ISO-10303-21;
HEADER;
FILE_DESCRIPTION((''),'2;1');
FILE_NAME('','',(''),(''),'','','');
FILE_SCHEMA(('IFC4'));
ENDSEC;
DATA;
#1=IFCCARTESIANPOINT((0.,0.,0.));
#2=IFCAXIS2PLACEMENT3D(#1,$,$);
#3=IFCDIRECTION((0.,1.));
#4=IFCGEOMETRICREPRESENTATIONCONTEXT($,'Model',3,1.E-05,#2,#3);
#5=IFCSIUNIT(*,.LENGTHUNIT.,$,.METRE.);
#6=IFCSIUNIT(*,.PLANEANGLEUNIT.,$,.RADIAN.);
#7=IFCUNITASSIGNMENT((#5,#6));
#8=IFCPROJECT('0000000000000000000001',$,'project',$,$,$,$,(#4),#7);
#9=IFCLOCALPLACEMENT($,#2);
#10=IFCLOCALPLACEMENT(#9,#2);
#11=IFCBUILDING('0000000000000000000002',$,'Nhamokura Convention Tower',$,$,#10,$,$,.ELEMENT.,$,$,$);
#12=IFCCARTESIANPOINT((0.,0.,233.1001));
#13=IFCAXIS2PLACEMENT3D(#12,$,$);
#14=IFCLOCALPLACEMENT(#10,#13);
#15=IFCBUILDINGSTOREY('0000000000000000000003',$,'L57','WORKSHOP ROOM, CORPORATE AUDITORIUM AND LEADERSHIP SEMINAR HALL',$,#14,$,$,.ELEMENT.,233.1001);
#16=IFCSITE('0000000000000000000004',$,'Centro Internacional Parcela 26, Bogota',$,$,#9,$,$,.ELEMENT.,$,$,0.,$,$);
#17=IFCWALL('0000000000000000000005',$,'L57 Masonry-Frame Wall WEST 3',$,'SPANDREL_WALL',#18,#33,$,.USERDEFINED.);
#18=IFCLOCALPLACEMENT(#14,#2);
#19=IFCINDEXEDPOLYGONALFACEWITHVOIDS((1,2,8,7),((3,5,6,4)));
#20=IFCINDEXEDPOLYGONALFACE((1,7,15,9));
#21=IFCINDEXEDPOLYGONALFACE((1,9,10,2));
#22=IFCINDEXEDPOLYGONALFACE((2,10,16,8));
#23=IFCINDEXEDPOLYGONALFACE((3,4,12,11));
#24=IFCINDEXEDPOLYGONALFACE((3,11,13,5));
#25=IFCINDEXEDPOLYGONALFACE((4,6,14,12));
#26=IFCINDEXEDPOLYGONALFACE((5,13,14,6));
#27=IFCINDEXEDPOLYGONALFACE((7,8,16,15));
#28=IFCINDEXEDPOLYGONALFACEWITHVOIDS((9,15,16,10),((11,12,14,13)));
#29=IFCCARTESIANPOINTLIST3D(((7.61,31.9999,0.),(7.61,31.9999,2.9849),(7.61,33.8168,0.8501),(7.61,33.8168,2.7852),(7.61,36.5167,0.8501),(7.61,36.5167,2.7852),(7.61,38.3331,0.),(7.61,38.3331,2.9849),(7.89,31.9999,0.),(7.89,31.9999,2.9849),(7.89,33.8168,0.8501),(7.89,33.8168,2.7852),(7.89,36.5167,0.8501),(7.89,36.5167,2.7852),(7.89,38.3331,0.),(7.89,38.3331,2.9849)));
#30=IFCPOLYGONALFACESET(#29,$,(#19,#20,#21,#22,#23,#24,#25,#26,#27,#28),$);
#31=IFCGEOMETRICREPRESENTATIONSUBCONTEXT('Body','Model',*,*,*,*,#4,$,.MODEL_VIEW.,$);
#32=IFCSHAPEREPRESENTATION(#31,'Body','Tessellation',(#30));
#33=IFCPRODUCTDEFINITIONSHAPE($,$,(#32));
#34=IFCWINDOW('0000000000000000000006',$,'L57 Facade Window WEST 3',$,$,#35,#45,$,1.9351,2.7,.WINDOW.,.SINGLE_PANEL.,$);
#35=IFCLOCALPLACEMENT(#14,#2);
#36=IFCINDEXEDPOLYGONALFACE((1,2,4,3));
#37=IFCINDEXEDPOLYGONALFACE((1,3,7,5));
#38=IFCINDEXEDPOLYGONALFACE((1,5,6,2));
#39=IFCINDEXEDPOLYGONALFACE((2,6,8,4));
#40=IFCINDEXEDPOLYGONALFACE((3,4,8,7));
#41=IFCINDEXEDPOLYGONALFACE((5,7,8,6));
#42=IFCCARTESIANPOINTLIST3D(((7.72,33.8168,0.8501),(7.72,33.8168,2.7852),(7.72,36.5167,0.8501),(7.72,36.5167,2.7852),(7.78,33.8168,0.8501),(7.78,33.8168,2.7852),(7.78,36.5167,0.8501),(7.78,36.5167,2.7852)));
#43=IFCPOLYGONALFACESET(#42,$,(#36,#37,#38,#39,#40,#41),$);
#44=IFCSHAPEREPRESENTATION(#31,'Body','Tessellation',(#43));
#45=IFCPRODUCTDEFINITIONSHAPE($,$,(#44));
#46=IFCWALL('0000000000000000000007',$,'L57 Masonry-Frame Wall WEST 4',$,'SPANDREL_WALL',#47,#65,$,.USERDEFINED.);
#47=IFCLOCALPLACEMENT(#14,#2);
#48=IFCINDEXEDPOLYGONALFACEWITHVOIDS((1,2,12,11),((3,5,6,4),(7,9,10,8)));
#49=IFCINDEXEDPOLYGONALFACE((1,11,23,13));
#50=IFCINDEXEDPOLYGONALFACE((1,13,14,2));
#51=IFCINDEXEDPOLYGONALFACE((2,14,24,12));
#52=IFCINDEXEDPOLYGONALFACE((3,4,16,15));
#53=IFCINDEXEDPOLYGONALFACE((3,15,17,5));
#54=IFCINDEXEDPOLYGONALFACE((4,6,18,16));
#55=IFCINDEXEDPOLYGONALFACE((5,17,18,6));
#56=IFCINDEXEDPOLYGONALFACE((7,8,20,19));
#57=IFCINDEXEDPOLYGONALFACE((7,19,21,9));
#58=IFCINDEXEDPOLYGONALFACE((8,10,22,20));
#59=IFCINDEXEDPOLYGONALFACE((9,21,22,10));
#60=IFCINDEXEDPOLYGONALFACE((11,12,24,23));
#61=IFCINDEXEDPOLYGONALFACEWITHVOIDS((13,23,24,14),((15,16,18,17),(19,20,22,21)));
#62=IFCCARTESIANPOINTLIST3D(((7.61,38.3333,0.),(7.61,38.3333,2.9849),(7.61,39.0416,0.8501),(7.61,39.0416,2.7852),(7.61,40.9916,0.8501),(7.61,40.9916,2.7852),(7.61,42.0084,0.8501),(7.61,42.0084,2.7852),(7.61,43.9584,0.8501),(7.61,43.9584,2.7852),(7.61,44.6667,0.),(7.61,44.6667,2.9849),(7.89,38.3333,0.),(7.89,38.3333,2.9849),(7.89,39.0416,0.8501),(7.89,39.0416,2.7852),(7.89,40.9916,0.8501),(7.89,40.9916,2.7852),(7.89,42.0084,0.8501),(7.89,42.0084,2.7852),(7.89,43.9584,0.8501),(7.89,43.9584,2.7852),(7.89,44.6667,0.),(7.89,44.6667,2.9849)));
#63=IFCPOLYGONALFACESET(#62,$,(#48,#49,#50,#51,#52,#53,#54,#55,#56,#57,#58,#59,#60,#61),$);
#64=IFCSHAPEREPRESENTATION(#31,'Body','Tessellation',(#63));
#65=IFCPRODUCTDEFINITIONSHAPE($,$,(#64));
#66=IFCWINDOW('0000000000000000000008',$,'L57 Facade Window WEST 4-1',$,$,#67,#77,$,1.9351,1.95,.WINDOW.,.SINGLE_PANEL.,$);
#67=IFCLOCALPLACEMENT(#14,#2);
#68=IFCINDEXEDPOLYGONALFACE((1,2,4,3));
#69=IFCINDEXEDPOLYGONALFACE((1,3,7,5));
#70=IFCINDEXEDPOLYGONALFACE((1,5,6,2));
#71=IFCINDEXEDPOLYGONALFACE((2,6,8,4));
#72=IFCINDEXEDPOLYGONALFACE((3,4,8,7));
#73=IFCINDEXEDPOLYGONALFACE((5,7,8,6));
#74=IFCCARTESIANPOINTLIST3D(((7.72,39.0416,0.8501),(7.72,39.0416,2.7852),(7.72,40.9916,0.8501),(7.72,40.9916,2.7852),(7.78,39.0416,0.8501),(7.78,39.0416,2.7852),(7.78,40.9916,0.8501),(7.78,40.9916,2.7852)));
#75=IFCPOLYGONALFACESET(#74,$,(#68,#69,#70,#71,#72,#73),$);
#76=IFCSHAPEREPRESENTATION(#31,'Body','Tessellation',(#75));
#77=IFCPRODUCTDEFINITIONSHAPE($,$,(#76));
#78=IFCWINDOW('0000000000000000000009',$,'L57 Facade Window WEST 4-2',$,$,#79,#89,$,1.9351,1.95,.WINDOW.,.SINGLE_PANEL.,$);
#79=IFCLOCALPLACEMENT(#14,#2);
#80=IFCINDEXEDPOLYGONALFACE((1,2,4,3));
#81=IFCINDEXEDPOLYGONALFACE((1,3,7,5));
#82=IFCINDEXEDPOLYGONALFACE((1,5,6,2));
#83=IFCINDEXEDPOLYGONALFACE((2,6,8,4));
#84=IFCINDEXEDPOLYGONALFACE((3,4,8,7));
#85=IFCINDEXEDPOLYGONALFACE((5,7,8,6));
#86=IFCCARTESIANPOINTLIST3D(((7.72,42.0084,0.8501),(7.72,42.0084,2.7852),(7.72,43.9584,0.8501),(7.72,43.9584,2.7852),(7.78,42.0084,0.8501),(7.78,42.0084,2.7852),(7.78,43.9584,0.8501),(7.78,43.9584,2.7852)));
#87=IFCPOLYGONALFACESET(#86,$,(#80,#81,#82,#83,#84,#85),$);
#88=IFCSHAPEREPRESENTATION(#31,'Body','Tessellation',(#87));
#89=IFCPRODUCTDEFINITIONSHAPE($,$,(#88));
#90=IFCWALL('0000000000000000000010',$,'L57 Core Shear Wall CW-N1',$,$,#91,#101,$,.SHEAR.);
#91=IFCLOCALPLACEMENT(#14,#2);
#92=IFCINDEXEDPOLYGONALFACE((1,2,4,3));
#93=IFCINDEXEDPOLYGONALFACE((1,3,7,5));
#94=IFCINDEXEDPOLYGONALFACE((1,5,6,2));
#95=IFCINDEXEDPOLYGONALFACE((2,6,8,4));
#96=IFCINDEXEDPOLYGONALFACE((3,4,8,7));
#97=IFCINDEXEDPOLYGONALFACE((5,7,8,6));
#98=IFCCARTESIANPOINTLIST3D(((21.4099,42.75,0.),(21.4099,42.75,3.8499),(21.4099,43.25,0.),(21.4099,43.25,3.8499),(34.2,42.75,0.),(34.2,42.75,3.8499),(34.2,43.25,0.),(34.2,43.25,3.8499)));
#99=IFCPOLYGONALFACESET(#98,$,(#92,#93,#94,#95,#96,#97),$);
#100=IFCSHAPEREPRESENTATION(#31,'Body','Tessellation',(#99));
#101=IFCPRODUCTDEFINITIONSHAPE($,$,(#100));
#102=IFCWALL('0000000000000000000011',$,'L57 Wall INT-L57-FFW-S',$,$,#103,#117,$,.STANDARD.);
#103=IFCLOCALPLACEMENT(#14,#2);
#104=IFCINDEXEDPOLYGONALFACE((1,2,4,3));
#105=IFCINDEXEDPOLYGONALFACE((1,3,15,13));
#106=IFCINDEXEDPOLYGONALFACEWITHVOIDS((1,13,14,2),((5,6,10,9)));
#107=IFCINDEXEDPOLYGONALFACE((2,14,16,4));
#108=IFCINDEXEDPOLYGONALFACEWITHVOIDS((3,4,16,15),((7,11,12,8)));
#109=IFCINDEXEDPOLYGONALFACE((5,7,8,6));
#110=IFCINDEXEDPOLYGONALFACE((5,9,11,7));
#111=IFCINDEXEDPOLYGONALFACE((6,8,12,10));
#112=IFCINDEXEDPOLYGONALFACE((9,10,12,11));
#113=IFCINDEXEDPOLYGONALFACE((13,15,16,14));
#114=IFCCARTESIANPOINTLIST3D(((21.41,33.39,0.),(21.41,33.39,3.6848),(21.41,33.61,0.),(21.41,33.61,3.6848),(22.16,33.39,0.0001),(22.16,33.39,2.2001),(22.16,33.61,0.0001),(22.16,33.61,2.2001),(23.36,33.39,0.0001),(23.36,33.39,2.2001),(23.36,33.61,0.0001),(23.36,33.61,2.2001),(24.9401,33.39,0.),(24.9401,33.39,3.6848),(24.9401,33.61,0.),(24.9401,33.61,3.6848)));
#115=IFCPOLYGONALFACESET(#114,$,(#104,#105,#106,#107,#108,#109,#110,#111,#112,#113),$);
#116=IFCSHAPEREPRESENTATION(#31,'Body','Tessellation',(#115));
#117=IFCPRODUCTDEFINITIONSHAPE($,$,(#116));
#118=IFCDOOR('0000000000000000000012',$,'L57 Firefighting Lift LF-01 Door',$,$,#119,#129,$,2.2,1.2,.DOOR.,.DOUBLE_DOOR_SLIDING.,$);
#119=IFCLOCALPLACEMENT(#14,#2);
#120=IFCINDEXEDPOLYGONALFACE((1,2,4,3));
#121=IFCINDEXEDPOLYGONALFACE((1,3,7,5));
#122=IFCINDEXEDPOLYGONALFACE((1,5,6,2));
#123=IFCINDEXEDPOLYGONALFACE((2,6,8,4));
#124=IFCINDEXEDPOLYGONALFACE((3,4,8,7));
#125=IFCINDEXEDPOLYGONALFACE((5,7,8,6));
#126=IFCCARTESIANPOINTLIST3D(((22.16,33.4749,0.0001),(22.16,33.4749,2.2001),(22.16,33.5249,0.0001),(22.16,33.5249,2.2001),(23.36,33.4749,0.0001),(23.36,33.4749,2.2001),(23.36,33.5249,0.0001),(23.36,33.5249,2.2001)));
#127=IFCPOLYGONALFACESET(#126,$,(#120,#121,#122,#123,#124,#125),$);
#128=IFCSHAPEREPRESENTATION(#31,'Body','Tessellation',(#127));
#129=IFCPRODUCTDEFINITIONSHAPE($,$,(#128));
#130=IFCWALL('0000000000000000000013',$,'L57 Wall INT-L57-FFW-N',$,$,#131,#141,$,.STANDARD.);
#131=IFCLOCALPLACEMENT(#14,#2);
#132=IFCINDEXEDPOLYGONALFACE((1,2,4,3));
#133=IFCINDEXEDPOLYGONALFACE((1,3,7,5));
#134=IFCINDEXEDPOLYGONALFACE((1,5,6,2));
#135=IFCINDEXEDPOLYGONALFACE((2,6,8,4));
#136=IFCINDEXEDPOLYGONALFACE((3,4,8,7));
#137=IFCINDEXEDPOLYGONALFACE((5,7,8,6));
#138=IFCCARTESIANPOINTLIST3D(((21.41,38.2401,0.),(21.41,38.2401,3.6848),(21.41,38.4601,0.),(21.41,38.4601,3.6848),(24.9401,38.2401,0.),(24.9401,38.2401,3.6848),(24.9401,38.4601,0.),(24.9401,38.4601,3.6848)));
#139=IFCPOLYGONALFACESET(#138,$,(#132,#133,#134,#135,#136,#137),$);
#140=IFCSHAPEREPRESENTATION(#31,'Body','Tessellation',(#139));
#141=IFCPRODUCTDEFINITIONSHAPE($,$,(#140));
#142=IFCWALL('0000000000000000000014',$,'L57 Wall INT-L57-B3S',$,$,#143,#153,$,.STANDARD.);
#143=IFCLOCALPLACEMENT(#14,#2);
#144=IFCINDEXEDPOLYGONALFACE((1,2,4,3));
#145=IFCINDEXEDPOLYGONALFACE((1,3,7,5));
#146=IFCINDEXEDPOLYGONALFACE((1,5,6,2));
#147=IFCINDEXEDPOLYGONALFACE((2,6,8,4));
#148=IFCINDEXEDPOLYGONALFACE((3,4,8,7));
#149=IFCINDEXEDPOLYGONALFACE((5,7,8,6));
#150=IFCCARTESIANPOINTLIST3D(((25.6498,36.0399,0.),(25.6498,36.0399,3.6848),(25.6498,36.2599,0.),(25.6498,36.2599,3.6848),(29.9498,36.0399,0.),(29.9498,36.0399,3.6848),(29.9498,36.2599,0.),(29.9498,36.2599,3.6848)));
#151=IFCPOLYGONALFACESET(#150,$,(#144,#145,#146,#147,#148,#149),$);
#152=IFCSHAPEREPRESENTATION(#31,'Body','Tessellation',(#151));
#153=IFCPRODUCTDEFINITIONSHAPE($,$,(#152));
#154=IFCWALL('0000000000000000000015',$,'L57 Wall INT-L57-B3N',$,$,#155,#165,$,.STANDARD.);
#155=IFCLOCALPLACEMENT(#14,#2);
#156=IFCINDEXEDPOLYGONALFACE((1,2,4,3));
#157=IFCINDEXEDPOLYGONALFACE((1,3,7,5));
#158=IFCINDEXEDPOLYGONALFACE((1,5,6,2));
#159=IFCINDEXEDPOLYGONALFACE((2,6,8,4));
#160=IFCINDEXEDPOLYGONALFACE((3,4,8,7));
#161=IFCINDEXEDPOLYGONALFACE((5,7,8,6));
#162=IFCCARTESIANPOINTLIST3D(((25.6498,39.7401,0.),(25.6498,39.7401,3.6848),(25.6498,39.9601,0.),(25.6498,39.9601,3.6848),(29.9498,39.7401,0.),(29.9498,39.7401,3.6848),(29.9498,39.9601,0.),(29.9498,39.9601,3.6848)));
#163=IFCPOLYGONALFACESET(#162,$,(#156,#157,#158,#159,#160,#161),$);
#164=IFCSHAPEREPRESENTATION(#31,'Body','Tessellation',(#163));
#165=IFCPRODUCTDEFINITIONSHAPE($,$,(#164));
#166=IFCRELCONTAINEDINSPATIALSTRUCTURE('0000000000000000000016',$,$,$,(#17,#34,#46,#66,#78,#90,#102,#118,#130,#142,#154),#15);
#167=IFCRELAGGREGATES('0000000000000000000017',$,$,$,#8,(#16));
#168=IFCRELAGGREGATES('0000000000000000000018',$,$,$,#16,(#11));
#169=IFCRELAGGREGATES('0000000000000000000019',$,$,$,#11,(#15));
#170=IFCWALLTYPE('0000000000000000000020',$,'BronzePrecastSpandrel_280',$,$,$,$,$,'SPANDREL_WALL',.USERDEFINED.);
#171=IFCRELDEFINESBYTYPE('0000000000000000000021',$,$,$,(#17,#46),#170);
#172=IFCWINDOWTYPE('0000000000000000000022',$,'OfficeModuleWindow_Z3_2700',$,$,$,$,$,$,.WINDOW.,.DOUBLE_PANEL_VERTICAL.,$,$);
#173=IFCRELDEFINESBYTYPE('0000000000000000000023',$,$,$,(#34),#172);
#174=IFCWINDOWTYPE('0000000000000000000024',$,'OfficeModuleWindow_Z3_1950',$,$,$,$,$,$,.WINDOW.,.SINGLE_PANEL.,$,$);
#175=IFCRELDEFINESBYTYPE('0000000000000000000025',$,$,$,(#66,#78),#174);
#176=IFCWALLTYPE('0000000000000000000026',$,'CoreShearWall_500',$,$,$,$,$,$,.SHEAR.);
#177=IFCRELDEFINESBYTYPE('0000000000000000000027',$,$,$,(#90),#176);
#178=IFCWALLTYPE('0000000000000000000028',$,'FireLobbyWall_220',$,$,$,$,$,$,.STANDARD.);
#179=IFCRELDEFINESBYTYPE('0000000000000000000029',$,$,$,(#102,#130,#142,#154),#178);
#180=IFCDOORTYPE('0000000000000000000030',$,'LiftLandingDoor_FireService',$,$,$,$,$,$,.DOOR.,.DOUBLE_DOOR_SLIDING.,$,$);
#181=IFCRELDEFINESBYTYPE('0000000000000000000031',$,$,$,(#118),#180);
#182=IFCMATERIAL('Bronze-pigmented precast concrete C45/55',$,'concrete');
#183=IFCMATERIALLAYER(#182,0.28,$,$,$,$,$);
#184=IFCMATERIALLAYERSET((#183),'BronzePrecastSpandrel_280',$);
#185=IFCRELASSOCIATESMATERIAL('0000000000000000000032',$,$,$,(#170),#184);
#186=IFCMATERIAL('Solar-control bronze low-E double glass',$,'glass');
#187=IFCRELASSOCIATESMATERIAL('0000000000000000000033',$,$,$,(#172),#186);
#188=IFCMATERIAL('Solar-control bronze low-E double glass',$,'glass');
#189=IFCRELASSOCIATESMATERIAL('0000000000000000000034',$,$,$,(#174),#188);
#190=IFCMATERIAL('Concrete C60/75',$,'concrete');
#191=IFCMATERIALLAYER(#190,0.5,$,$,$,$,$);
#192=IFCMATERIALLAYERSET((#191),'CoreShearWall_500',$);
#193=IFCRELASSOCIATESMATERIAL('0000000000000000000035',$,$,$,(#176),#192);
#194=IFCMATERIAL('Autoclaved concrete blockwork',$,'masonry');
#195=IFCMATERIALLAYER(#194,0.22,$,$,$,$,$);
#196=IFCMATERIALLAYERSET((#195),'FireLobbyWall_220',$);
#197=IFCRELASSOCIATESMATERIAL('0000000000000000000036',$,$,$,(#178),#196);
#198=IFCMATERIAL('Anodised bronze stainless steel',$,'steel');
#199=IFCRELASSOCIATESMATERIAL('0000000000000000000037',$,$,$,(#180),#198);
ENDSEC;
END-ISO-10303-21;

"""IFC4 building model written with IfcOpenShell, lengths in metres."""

from ifc_helpers import new_model, si_unit, direction, frame, frame_2d, origin, place, context, subcontext, project, spatial, rectangle, extrude, material, layer, layer_set, type_object, element, fill, save


model = new_model("IFC4")

# Units and contexts
model_context = context("Model", 3, precision=1e-05, world=origin(), true_north=direction((0.0, 1.0)))
body_context = subcontext(model_context, "Body", "Model", "MODEL_VIEW")
ifc_project = project(units=[si_unit("LENGTHUNIT", "METRE"), si_unit("PLANEANGLEUNIT", "RADIAN")], contexts=[model_context])

# Site, building, storey
site_placement = place(None, origin())
site = spatial("IfcSite", under=ifc_project, at=site_placement, Name="Centro Internacional Parcela 26, Bogota", CompositionType="ELEMENT", RefElevation=0.0)
building_placement = place(site_placement, origin())
building = spatial("IfcBuilding", under=site, at=building_placement, Name="Nhamokura Convention Tower", CompositionType="ELEMENT")
storey_placement = place(building_placement, frame((0.0, 0.0, 233.1001)))
storey = spatial("IfcBuildingStorey", under=building, at=storey_placement, Name="L57", Description="WORKSHOP ROOM, CORPORATE AUDITORIUM AND LEADERSHIP SEMINAR HALL", CompositionType="ELEMENT", Elevation=233.1001)

# Wall, opening, window
ifc_material_1 = material(Name="Bronze-pigmented precast concrete C45/55", Category="concrete")
ifc_layer_1 = layer(ifc_material_1, 0.28)
ifc_layer_set_1 = layer_set([ifc_layer_1], Name="BronzePrecastSpandrel_280")
wall_type_1 = type_object("IfcWallType", Name="BronzePrecastSpandrel_280", ElementType="SPANDREL_WALL", PredefinedType="USERDEFINED", material=ifc_layer_set_1)
wall_1_placement = place(storey_placement, frame((7.75, 32.0, 0.0), z_axis=(0.0, 0.0, 1.0), x_axis=(0.0, 1.0, 0.0)))
wall_1 = element("IfcWall", 1, at=wall_1_placement, inside=storey, type_object=wall_type_1, Name="L57 Masonry-Frame Wall WEST 3", ObjectType="SPANDREL_WALL", PredefinedType="USERDEFINED", context=body_context, shape_type="SweptSolid", body=[
    extrude(rectangle(XDim=6.3333, YDim=0.28, at=frame_2d((3.1665, 0.0))), origin(), (0.0, 0.0, 1.0), 2.9849),
])
opening_1_placement = place(wall_1_placement, frame((1.8167, 0.0, 0.8501)))
opening_1 = element("IfcOpeningElement", 2, at=opening_1_placement, cuts=wall_1, PredefinedType="OPENING", context=body_context, shape_type="SweptSolid", body=[
    extrude(rectangle(XDim=2.7, YDim=1.9351, at=frame_2d((1.3501, 0.9675))), frame((0.0, 0.1499, 0.0), z_axis=(0.0, -1.0, 0.0), x_axis=(1.0, 0.0, 0.0)), (0.0, 0.0, 1.0), 0.3),
])
ifc_material_2 = material(Name="Solar-control bronze low-E double glass", Category="glass")
window_type_1 = type_object("IfcWindowType", Name="OfficeModuleWindow_Z3_2700", PartitioningType="DOUBLE_PANEL_VERTICAL", PredefinedType="WINDOW", material=ifc_material_2)
window_1_placement = place(opening_1_placement, origin())
window_1 = element("IfcWindow", 3, at=window_1_placement, inside=storey, type_object=window_type_1, Name="L57 Facade Window WEST 3", OverallHeight=1.9351, OverallWidth=2.7, PartitioningType="SINGLE_PANEL", PredefinedType="WINDOW", context=body_context, shape_type="SweptSolid", body=[
    extrude(rectangle(XDim=2.7, YDim=1.9351, at=frame_2d((1.3501, 0.9675))), frame((0.0, 0.03, 0.0), z_axis=(0.0, -1.0, 0.0), x_axis=(1.0, 0.0, 0.0)), (0.0, 0.0, 1.0), 0.0601),
])
fill(opening_1, window_1)

# Wall, openings, windows
wall_2_placement = place(storey_placement, frame((7.75, 38.3333, 0.0), z_axis=(0.0, 0.0, 1.0), x_axis=(0.0, 1.0, 0.0)))
wall_2 = element("IfcWall", 4, at=wall_2_placement, inside=storey, type_object=wall_type_1, Name="L57 Masonry-Frame Wall WEST 4", ObjectType="SPANDREL_WALL", PredefinedType="USERDEFINED", context=body_context, shape_type="SweptSolid", body=[
    extrude(rectangle(XDim=6.3335, YDim=0.28, at=frame_2d((3.1667, 0.0))), origin(), (0.0, 0.0, 1.0), 2.9849),
])
opening_2_placement = place(wall_2_placement, frame((0.7083, 0.0, 0.8501)))
opening_2 = element("IfcOpeningElement", 5, at=opening_2_placement, cuts=wall_2, PredefinedType="OPENING", context=body_context, shape_type="SweptSolid", body=[
    extrude(rectangle(XDim=1.95, YDim=1.9351, at=frame_2d((0.9751, 0.9675))), frame((0.0, 0.1499, 0.0), z_axis=(0.0, -1.0, 0.0), x_axis=(1.0, 0.0, 0.0)), (0.0, 0.0, 1.0), 0.3),
])
opening_3_placement = place(wall_2_placement, frame((3.675, 0.0, 0.8501)))
opening_3 = element("IfcOpeningElement", 6, at=opening_3_placement, cuts=wall_2, PredefinedType="OPENING", context=body_context, shape_type="SweptSolid", body=[
    extrude(rectangle(XDim=1.95, YDim=1.9351, at=frame_2d((0.9751, 0.9675))), frame((0.0, 0.1499, 0.0), z_axis=(0.0, -1.0, 0.0), x_axis=(1.0, 0.0, 0.0)), (0.0, 0.0, 1.0), 0.3),
])
ifc_material_3 = material(Name="Solar-control bronze low-E double glass", Category="glass")
window_type_2 = type_object("IfcWindowType", Name="OfficeModuleWindow_Z3_1950", PartitioningType="SINGLE_PANEL", PredefinedType="WINDOW", material=ifc_material_3)
window_2_placement = place(opening_2_placement, origin())
window_2 = element("IfcWindow", 7, at=window_2_placement, inside=storey, type_object=window_type_2, Name="L57 Facade Window WEST 4-1", OverallHeight=1.9351, OverallWidth=1.95, PartitioningType="SINGLE_PANEL", PredefinedType="WINDOW", context=body_context, shape_type="SweptSolid", body=[
    extrude(rectangle(XDim=1.95, YDim=1.9351, at=frame_2d((0.9751, 0.9675))), frame((0.0, 0.03, 0.0), z_axis=(0.0, -1.0, 0.0), x_axis=(1.0, 0.0, 0.0)), (0.0, 0.0, 1.0), 0.0601),
])
fill(opening_2, window_2)
window_3_placement = place(opening_3_placement, origin())
window_3 = element("IfcWindow", 8, at=window_3_placement, inside=storey, type_object=window_type_2, Name="L57 Facade Window WEST 4-2", OverallHeight=1.9351, OverallWidth=1.95, PartitioningType="SINGLE_PANEL", PredefinedType="WINDOW", context=body_context, shape_type="SweptSolid", body=[
    extrude(rectangle(XDim=1.95, YDim=1.9351, at=frame_2d((0.9751, 0.9675))), frame((0.0, 0.03, 0.0), z_axis=(0.0, -1.0, 0.0), x_axis=(1.0, 0.0, 0.0)), (0.0, 0.0, 1.0), 0.0601),
])
fill(opening_3, window_3)

# Wall
ifc_material_4 = material(Name="Concrete C60/75", Category="concrete")
ifc_layer_2 = layer(ifc_material_4, 0.5)
ifc_layer_set_2 = layer_set([ifc_layer_2], Name="CoreShearWall_500")
wall_type_2 = type_object("IfcWallType", Name="CoreShearWall_500", PredefinedType="SHEAR", material=ifc_layer_set_2)
wall_3_placement = place(storey_placement, frame((21.4099, 43.0, 0.0), z_axis=(0.0, 0.0, 1.0), x_axis=(1.0, 0.0, 0.0)))
element("IfcWall", 9, at=wall_3_placement, inside=storey, type_object=wall_type_2, Name="L57 Core Shear Wall CW-N1", PredefinedType="SHEAR", context=body_context, shape_type="SweptSolid", body=[
    extrude(rectangle(XDim=12.79, YDim=0.5, at=frame_2d((6.395, 0.0))), origin(), (0.0, 0.0, 1.0), 3.8499),
])

# Wall, opening, door
ifc_material_5 = material(Name="Autoclaved concrete blockwork", Category="masonry")
ifc_layer_3 = layer(ifc_material_5, 0.22)
ifc_layer_set_3 = layer_set([ifc_layer_3], Name="FireLobbyWall_220")
wall_type_3 = type_object("IfcWallType", Name="FireLobbyWall_220", PredefinedType="STANDARD", material=ifc_layer_set_3)
wall_4_placement = place(storey_placement, frame((21.4099, 33.5, 0.0), z_axis=(0.0, 0.0, 1.0), x_axis=(1.0, 0.0, 0.0)))
wall_4 = element("IfcWall", 10, at=wall_4_placement, inside=storey, type_object=wall_type_3, Name="L57 Wall INT-L57-FFW-S", PredefinedType="STANDARD", context=body_context, shape_type="SweptSolid", body=[
    extrude(rectangle(XDim=3.53, YDim=0.22, at=frame_2d((1.7651, 0.0))), origin(), (0.0, 0.0, 1.0), 3.6848),
])
opening_4_placement = place(wall_4_placement, frame((0.75, 0.0, 0.0)))
opening_4 = element("IfcOpeningElement", 11, at=opening_4_placement, cuts=wall_4, PredefinedType="OPENING", context=body_context, shape_type="SweptSolid", body=[
    extrude(rectangle(XDim=1.2, YDim=2.2, at=frame_2d((0.6001, 1.1001))), frame((0.0, 0.1199, 0.0), z_axis=(0.0, -1.0, 0.0), x_axis=(1.0, 0.0, 0.0)), (0.0, 0.0, 1.0), 0.24),
])
ifc_material_6 = material(Name="Anodised bronze stainless steel", Category="steel")
door_type_1 = type_object("IfcDoorType", Name="LiftLandingDoor_FireService", OperationType="DOUBLE_DOOR_SLIDING", PredefinedType="DOOR", material=ifc_material_6)
door_1_placement = place(opening_4_placement, origin())
door_1 = element("IfcDoor", 12, at=door_1_placement, inside=storey, type_object=door_type_1, Name="L57 Firefighting Lift LF-01 Door", OperationType="DOUBLE_DOOR_SLIDING", OverallHeight=2.2, OverallWidth=1.2, PredefinedType="DOOR", context=body_context, shape_type="SweptSolid", body=[
    extrude(rectangle(XDim=1.2, YDim=2.2, at=frame_2d((0.6001, 1.1001))), frame((0.0, 0.0249, 0.0), z_axis=(0.0, -1.0, 0.0), x_axis=(1.0, 0.0, 0.0)), (0.0, 0.0, 1.0), 0.05),
])
fill(opening_4, door_1)

# Walls
wall_5_placement = place(storey_placement, frame((21.4099, 38.3501, 0.0), z_axis=(0.0, 0.0, 1.0), x_axis=(1.0, 0.0, 0.0)))
element("IfcWall", 13, at=wall_5_placement, inside=storey, type_object=wall_type_3, Name="L57 Wall INT-L57-FFW-N", PredefinedType="STANDARD", context=body_context, shape_type="SweptSolid", body=[
    extrude(rectangle(XDim=3.53, YDim=0.22, at=frame_2d((1.7651, 0.0))), origin(), (0.0, 0.0, 1.0), 3.6848),
])
for number, where, z_axis, x_axis, name in (
    (14, (25.6499, 36.1499, 0.0), (0.0, 0.0, 1.0), (1.0, 0.0, 0.0), "L57 Wall INT-L57-B3S"),
    (15, (25.6499, 39.8501, 0.0), (0.0, 0.0, 1.0), (1.0, 0.0, 0.0), "L57 Wall INT-L57-B3N"),
):
    element("IfcWall", number, at=place(storey_placement, frame(where, z_axis=z_axis, x_axis=x_axis)), inside=storey, type_object=wall_type_3, Name=name, PredefinedType="STANDARD", context=body_context, shape_type="SweptSolid", body=[
        extrude(rectangle(XDim=4.3, YDim=0.22, at=frame_2d((2.1499, 0.0))), origin(), (0.0, 0.0, 1.0), 3.6848),
    ])

save(model, "model.ifc")
